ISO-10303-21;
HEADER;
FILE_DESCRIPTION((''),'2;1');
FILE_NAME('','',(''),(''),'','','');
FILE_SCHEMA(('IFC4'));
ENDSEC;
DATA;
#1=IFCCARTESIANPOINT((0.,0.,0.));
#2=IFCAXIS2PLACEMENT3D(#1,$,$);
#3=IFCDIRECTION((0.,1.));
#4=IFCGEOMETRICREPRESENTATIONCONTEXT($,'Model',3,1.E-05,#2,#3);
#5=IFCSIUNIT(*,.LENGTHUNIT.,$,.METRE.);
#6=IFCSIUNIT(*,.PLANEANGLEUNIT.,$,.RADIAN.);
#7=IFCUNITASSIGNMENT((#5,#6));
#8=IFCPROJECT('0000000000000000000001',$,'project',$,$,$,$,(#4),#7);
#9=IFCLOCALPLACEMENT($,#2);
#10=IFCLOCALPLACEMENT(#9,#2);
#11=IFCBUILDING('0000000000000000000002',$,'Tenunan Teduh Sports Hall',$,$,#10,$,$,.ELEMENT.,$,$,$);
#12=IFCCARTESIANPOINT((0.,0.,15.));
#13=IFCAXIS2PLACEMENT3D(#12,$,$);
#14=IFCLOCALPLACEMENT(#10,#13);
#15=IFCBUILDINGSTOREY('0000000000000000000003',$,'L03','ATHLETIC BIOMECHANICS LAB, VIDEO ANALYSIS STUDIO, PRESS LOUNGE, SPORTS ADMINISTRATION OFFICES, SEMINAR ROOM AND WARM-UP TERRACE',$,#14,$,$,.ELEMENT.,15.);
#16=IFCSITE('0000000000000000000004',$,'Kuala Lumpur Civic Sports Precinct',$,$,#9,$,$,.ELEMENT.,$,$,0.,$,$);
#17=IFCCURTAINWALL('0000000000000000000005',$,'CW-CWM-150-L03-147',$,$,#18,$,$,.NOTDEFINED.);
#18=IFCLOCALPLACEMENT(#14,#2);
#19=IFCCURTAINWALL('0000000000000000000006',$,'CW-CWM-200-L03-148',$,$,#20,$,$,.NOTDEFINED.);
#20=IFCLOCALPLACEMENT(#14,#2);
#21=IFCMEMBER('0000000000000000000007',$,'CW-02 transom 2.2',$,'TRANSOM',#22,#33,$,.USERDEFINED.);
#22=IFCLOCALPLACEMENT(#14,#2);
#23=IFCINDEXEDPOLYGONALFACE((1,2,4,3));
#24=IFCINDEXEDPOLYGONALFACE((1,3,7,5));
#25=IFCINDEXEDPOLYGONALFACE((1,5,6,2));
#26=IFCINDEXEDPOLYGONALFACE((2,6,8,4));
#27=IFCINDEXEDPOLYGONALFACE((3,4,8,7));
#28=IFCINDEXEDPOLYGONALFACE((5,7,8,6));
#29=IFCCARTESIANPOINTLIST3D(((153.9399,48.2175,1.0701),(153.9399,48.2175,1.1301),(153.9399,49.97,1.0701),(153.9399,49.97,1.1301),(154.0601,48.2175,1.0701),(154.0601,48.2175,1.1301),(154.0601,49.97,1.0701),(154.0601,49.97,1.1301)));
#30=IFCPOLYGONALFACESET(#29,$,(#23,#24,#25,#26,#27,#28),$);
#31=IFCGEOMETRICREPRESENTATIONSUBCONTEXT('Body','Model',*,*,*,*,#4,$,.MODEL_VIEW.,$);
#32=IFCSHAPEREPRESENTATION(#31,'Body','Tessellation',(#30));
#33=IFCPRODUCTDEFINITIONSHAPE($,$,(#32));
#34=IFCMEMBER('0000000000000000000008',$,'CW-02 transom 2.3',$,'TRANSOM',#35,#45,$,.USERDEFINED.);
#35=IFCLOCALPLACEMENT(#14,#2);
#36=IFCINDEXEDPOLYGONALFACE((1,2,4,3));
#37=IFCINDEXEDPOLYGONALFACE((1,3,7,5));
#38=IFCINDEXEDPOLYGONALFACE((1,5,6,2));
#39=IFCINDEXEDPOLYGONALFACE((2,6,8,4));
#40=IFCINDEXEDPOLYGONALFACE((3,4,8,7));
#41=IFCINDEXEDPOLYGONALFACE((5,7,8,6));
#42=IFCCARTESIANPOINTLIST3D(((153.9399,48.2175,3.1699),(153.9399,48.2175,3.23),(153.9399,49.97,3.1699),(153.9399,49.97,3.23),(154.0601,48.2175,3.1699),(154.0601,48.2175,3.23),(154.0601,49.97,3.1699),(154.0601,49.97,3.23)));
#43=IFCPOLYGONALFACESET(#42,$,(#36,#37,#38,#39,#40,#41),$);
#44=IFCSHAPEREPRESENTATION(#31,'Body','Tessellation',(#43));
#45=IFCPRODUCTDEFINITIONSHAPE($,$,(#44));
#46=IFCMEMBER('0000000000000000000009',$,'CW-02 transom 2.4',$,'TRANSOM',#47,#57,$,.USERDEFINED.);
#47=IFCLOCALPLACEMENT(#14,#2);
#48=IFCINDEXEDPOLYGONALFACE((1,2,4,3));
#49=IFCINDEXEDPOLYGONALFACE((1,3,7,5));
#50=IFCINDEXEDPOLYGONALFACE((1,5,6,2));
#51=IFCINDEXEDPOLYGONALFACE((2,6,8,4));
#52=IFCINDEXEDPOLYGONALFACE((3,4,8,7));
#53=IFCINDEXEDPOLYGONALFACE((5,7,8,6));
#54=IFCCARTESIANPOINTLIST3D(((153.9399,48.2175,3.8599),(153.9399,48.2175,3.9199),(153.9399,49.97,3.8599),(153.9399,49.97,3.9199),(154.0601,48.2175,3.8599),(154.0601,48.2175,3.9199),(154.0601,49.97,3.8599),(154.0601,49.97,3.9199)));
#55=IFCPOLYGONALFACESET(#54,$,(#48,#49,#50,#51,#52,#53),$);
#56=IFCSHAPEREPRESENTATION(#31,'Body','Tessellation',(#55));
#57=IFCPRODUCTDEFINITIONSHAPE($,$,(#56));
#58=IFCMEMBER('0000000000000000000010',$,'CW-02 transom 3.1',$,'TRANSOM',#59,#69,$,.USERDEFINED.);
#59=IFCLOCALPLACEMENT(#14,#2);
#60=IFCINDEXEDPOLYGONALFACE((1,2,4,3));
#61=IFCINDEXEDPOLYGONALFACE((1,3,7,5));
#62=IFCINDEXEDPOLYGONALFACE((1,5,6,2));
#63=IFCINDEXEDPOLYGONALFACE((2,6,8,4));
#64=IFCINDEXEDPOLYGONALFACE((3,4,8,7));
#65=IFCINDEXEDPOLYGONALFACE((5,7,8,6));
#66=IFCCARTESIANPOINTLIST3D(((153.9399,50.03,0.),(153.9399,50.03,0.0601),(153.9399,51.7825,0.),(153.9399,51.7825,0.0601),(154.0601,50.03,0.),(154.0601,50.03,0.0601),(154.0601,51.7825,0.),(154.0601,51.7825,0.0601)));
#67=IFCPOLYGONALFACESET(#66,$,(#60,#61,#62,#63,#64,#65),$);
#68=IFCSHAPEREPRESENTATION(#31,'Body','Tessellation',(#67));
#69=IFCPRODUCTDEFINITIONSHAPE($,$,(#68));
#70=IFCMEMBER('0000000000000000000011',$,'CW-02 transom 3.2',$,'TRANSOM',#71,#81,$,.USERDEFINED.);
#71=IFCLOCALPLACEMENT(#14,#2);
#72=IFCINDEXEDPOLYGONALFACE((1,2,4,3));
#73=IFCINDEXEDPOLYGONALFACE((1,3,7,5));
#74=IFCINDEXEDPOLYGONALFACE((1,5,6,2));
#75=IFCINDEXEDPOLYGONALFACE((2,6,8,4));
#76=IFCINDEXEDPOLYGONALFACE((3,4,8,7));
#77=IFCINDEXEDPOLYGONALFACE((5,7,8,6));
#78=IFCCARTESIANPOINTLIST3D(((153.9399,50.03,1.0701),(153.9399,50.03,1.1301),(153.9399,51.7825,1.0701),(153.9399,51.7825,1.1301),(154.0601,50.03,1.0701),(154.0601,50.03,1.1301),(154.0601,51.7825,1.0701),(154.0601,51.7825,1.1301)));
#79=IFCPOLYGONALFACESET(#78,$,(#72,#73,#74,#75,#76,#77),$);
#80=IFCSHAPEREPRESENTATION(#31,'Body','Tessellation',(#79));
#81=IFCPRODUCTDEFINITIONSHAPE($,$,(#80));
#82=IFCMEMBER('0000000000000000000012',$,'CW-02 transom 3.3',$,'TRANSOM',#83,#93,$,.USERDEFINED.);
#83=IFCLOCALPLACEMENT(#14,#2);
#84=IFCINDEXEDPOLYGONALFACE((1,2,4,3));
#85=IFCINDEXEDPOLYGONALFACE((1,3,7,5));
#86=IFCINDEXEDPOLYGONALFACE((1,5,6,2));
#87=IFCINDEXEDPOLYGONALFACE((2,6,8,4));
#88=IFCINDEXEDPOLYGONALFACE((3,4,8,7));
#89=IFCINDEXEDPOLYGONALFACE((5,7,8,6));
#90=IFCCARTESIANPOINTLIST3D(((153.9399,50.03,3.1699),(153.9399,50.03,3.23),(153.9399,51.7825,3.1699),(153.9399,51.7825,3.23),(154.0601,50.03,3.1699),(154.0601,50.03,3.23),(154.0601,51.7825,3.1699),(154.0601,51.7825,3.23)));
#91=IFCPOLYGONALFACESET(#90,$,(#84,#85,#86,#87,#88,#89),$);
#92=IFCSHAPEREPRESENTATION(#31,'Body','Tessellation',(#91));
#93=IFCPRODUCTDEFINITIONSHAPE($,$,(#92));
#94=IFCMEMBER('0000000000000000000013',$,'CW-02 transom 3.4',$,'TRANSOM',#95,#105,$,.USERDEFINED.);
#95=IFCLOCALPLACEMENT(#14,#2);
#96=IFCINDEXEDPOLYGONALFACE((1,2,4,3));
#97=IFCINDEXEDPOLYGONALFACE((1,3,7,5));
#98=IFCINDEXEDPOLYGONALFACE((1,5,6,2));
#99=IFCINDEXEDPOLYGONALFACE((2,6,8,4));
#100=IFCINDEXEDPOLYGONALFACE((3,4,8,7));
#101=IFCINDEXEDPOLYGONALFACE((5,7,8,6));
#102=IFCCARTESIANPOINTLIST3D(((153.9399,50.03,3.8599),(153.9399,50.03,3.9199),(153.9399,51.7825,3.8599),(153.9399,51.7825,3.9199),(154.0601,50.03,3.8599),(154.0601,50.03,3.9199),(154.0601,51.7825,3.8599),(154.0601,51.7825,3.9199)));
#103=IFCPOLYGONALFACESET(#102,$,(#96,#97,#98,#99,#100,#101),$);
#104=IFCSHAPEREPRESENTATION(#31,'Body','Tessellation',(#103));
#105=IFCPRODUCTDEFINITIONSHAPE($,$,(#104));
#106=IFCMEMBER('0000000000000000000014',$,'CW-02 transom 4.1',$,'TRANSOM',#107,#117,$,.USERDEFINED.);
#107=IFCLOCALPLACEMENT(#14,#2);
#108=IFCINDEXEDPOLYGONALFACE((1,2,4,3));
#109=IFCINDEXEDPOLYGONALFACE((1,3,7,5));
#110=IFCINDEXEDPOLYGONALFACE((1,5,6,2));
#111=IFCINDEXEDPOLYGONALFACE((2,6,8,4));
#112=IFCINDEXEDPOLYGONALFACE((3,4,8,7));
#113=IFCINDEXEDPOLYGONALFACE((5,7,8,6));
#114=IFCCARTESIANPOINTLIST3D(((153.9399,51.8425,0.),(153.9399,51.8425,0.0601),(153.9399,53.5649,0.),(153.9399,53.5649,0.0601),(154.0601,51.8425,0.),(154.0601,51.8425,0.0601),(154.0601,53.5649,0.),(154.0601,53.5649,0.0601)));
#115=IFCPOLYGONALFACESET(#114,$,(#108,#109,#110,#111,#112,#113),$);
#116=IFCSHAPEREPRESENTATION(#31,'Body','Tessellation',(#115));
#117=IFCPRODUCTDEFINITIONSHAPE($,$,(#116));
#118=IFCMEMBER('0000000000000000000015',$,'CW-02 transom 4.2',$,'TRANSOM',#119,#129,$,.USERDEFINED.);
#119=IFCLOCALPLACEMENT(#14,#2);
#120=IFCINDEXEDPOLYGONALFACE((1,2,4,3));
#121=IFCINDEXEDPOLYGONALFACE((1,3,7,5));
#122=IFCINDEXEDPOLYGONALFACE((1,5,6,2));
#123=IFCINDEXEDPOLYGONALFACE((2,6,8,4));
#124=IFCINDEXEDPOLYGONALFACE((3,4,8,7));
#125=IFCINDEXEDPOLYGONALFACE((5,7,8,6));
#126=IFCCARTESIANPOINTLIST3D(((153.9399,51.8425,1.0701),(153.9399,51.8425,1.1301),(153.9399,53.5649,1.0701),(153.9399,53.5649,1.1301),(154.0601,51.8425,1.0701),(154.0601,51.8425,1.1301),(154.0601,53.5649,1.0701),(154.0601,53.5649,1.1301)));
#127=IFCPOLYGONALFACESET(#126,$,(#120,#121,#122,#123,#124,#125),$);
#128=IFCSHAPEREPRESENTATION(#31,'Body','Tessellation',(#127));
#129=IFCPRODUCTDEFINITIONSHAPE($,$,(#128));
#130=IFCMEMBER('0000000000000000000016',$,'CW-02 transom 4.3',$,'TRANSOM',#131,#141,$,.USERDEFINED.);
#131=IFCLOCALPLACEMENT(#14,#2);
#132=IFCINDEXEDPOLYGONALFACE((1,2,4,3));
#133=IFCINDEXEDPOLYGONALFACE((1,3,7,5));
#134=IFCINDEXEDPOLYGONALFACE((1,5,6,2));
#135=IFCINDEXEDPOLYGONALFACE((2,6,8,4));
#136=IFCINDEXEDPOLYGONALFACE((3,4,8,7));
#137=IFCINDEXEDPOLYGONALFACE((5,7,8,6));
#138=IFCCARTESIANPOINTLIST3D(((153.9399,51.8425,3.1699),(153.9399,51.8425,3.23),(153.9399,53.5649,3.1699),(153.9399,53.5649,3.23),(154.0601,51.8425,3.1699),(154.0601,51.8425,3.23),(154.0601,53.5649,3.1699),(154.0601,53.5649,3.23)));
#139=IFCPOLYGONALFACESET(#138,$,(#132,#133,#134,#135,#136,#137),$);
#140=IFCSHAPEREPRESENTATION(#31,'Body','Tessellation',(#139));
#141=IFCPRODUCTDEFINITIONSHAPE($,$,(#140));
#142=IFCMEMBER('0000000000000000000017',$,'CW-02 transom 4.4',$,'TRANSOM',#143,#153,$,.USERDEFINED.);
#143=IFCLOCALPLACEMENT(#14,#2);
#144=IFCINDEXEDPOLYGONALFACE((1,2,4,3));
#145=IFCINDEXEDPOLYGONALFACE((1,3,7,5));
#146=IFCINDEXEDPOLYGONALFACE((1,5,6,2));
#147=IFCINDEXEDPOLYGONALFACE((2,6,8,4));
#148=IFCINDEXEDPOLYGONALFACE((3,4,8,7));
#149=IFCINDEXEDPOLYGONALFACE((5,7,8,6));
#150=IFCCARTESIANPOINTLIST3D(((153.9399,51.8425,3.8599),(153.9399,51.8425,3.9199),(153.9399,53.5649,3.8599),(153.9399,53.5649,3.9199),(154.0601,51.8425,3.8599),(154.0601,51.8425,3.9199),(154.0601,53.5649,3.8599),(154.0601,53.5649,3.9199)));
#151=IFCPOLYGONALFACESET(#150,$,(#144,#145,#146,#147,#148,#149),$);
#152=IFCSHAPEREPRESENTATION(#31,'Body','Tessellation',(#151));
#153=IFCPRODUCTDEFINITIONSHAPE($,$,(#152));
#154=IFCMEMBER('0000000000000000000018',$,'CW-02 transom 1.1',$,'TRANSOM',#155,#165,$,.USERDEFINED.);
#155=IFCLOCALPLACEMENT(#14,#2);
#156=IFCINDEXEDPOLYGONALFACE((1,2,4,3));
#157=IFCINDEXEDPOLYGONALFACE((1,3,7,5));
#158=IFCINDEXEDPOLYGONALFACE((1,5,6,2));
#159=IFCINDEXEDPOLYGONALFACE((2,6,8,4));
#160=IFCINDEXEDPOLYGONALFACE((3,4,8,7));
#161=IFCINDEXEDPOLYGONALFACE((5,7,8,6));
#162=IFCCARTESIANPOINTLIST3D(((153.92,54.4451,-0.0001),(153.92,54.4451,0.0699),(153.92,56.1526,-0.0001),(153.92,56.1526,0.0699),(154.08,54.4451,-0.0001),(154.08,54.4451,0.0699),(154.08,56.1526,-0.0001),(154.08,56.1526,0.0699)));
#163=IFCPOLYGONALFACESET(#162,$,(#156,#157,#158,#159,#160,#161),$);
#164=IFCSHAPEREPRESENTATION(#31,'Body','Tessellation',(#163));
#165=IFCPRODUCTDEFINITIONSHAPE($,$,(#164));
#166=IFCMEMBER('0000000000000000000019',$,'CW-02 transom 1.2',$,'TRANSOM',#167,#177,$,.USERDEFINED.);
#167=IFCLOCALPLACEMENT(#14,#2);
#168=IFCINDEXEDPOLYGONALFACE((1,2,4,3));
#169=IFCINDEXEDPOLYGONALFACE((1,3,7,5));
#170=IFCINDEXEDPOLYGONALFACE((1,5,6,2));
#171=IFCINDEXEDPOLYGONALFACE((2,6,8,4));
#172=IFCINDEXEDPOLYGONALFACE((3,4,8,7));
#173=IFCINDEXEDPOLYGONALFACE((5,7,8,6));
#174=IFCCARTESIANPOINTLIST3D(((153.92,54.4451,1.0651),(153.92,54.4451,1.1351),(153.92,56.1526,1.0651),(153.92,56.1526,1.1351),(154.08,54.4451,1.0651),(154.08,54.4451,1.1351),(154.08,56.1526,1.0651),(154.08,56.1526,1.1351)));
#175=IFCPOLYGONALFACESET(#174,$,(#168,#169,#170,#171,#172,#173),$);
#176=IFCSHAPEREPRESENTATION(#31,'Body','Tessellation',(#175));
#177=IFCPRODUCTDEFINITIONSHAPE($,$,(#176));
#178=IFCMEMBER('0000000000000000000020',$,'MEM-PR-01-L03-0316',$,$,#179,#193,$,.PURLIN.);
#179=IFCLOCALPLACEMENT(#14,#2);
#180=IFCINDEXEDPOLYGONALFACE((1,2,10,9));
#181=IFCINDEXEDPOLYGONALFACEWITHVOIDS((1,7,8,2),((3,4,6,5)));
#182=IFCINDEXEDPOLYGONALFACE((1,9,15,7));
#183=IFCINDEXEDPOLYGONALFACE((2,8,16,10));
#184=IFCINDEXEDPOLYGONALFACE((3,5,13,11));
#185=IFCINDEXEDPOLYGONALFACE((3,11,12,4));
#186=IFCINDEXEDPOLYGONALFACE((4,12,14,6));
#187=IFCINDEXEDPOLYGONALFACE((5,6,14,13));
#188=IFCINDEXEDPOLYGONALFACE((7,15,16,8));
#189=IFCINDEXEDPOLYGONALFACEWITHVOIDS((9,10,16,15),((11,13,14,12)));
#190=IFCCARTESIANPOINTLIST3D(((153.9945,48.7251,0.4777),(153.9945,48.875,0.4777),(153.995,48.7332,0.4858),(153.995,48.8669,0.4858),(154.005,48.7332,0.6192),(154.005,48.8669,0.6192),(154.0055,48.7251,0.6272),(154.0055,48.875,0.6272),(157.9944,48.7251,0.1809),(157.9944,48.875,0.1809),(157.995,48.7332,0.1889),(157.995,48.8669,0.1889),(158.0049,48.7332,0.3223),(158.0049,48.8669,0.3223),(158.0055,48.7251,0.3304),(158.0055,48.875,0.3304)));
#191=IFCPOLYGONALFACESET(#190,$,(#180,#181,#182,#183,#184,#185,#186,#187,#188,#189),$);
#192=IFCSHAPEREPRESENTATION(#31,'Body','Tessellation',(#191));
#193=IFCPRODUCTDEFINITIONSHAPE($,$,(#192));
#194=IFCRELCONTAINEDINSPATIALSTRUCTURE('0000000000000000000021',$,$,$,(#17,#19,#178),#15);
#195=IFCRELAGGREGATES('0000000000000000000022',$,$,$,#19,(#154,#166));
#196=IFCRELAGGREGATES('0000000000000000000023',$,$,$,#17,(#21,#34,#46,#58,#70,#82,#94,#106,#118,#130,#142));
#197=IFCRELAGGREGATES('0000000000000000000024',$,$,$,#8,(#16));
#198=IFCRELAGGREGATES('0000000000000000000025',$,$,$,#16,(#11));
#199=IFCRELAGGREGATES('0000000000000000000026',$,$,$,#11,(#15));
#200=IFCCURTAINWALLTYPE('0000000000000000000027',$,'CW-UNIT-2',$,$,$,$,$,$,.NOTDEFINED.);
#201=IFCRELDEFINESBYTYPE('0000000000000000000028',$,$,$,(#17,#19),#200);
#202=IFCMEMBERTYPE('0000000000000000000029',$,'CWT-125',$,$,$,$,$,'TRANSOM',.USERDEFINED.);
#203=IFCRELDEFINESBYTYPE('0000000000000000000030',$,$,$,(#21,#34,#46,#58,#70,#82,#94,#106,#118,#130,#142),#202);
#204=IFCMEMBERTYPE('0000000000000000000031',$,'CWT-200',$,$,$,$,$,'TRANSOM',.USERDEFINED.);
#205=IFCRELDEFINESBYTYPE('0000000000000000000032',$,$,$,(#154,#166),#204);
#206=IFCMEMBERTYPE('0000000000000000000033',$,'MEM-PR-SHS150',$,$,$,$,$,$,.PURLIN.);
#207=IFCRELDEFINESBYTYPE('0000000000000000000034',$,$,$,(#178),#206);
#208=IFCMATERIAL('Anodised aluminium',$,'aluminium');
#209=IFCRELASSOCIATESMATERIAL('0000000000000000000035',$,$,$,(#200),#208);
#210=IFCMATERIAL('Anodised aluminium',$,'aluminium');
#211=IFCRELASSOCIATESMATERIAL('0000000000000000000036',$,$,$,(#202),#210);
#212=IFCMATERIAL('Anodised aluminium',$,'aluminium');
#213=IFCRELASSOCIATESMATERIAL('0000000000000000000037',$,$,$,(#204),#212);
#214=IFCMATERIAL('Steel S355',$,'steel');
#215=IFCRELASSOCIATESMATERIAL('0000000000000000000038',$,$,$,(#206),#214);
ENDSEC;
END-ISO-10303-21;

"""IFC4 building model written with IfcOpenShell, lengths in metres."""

from ifc_helpers import new_model, si_unit, direction, frame, origin, origin_2d, place, context, subcontext, project, spatial, rectangle, hollow_rectangle, extrude, material, material_profile, profile_set, type_object, element, aggregate, save


model = new_model("IFC4")

# Units and contexts
model_context = context("Model", 3, precision=1e-05, world=origin(), true_north=direction((0.0, 1.0)))
body_context = subcontext(model_context, "Body", "Model", "MODEL_VIEW")
ifc_project = project(units=[si_unit("LENGTHUNIT", "METRE"), si_unit("PLANEANGLEUNIT", "RADIAN")], contexts=[model_context])

# Site, building, storey
site_placement = place(None, origin())
site = spatial("IfcSite", under=ifc_project, at=site_placement, Name="Kuala Lumpur Civic Sports Precinct", CompositionType="ELEMENT", RefElevation=0.0)
building_placement = place(site_placement, origin())
building = spatial("IfcBuilding", under=site, at=building_placement, Name="Tenunan Teduh Sports Hall", CompositionType="ELEMENT")
storey_placement = place(building_placement, frame((0.0, 0.0, 15.0)))
storey = spatial("IfcBuildingStorey", under=building, at=storey_placement, Name="L03", Description="ATHLETIC BIOMECHANICS LAB, VIDEO ANALYSIS STUDIO, PRESS LOUNGE, SPORTS ADMINISTRATION OFFICES, SEMINAR ROOM AND WARM-UP TERRACE", CompositionType="ELEMENT", Elevation=15.0)

# Curtain wall
ifc_material_1 = material(Name="Anodised aluminium", Category="aluminium")
curtain_wall_type = type_object("IfcCurtainWallType", Name="CW-UNIT-2", PredefinedType="NOTDEFINED", material=ifc_material_1)
curtain_wall_1_placement = place(storey_placement, origin())
curtain_wall_1 = element("IfcCurtainWall", 1, at=curtain_wall_1_placement, inside=storey, type_object=curtain_wall_type, Name="CW-CWM-150-L03-147", PredefinedType="NOTDEFINED")

# Curtain wall
curtain_wall_2_placement = place(storey_placement, origin())
curtain_wall_2 = element("IfcCurtainWall", 2, at=curtain_wall_2_placement, inside=storey, type_object=curtain_wall_type, Name="CW-CWM-200-L03-148", PredefinedType="NOTDEFINED")

# Members
ifc_material_2 = material(Name="Anodised aluminium", Category="aluminium")
ifc_material_profile_1 = material_profile(ifc_material_2, rectangle(XDim=0.0601, YDim=0.1201, at=origin_2d()), Name="CWT 60x120")
ifc_profile_set_1 = profile_set([ifc_material_profile_1], Name="Anodised aluminium")
member_type_1 = type_object("IfcMemberType", Name="CWT-125", ElementType="TRANSOM", PredefinedType="USERDEFINED", material=ifc_profile_set_1)
member_1_placement = place(storey_placement, frame((154.0, 48.2175, 1.1001), z_axis=(0.0, 1.0, 0.0), x_axis=(0.0, 0.0, 1.0)))
member_1 = element("IfcMember", 3, at=member_1_placement, type_object=member_type_1, Name="CW-02 transom 2.2", ObjectType="TRANSOM", PredefinedType="USERDEFINED", context=body_context, shape_type="SweptSolid", body=[
    extrude(rectangle(XDim=0.0601, YDim=0.1201, at=origin_2d()), origin(), (0.0, 0.0, 1.0), 1.7524),
])
member_2_placement = place(storey_placement, frame((154.0, 48.2175, 3.2), z_axis=(0.0, 1.0, 0.0), x_axis=(0.0, 0.0, 1.0)))
member_2 = element("IfcMember", 4, at=member_2_placement, type_object=member_type_1, Name="CW-02 transom 2.3", ObjectType="TRANSOM", PredefinedType="USERDEFINED", context=body_context, shape_type="SweptSolid", body=[
    extrude(rectangle(XDim=0.0601, YDim=0.1201, at=origin_2d()), origin(), (0.0, 0.0, 1.0), 1.7524),
])
member_3_placement = place(storey_placement, frame((154.0, 48.2175, 3.8899), z_axis=(0.0, 1.0, 0.0), x_axis=(0.0, 0.0, 1.0)))
member_3 = element("IfcMember", 5, at=member_3_placement, type_object=member_type_1, Name="CW-02 transom 2.4", ObjectType="TRANSOM", PredefinedType="USERDEFINED", context=body_context, shape_type="SweptSolid", body=[
    extrude(rectangle(XDim=0.0601, YDim=0.1201, at=origin_2d()), origin(), (0.0, 0.0, 1.0), 1.7524),
])
member_4_placement = place(storey_placement, frame((154.0, 50.03, 0.03), z_axis=(0.0, 1.0, 0.0), x_axis=(0.0, 0.0, 1.0)))
member_4 = element("IfcMember", 6, at=member_4_placement, type_object=member_type_1, Name="CW-02 transom 3.1", ObjectType="TRANSOM", PredefinedType="USERDEFINED", context=body_context, shape_type="SweptSolid", body=[
    extrude(rectangle(XDim=0.0601, YDim=0.1201, at=origin_2d()), origin(), (0.0, 0.0, 1.0), 1.7524),
])
member_5_placement = place(storey_placement, frame((154.0, 50.03, 1.1001), z_axis=(0.0, 1.0, 0.0), x_axis=(0.0, 0.0, 1.0)))
member_5 = element("IfcMember", 7, at=member_5_placement, type_object=member_type_1, Name="CW-02 transom 3.2", ObjectType="TRANSOM", PredefinedType="USERDEFINED", context=body_context, shape_type="SweptSolid", body=[
    extrude(rectangle(XDim=0.0601, YDim=0.1201, at=origin_2d()), origin(), (0.0, 0.0, 1.0), 1.7524),
])
member_6_placement = place(storey_placement, frame((154.0, 50.03, 3.2), z_axis=(0.0, 1.0, 0.0), x_axis=(0.0, 0.0, 1.0)))
member_6 = element("IfcMember", 8, at=member_6_placement, type_object=member_type_1, Name="CW-02 transom 3.3", ObjectType="TRANSOM", PredefinedType="USERDEFINED", context=body_context, shape_type="SweptSolid", body=[
    extrude(rectangle(XDim=0.0601, YDim=0.1201, at=origin_2d()), origin(), (0.0, 0.0, 1.0), 1.7524),
])
member_7_placement = place(storey_placement, frame((154.0, 50.03, 3.8899), z_axis=(0.0, 1.0, 0.0), x_axis=(0.0, 0.0, 1.0)))
member_7 = element("IfcMember", 9, at=member_7_placement, type_object=member_type_1, Name="CW-02 transom 3.4", ObjectType="TRANSOM", PredefinedType="USERDEFINED", context=body_context, shape_type="SweptSolid", body=[
    extrude(rectangle(XDim=0.0601, YDim=0.1201, at=origin_2d()), origin(), (0.0, 0.0, 1.0), 1.7524),
])
member_8_placement = place(storey_placement, frame((154.0, 51.8425, 0.03), z_axis=(0.0, 1.0, 0.0), x_axis=(0.0, 0.0, 1.0)))
member_8 = element("IfcMember", 10, at=member_8_placement, type_object=member_type_1, Name="CW-02 transom 4.1", ObjectType="TRANSOM", PredefinedType="USERDEFINED", context=body_context, shape_type="SweptSolid", body=[
    extrude(rectangle(XDim=0.0601, YDim=0.1201, at=origin_2d()), origin(), (0.0, 0.0, 1.0), 1.7224),
])
member_9_placement = place(storey_placement, frame((154.0, 51.8425, 1.1001), z_axis=(0.0, 1.0, 0.0), x_axis=(0.0, 0.0, 1.0)))
member_9 = element("IfcMember", 11, at=member_9_placement, type_object=member_type_1, Name="CW-02 transom 4.2", ObjectType="TRANSOM", PredefinedType="USERDEFINED", context=body_context, shape_type="SweptSolid", body=[
    extrude(rectangle(XDim=0.0601, YDim=0.1201, at=origin_2d()), origin(), (0.0, 0.0, 1.0), 1.7224),
])
member_10_placement = place(storey_placement, frame((154.0, 51.8425, 3.2), z_axis=(0.0, 1.0, 0.0), x_axis=(0.0, 0.0, 1.0)))
member_10 = element("IfcMember", 12, at=member_10_placement, type_object=member_type_1, Name="CW-02 transom 4.3", ObjectType="TRANSOM", PredefinedType="USERDEFINED", context=body_context, shape_type="SweptSolid", body=[
    extrude(rectangle(XDim=0.0601, YDim=0.1201, at=origin_2d()), origin(), (0.0, 0.0, 1.0), 1.7224),
])
member_11_placement = place(storey_placement, frame((154.0, 51.8425, 3.8899), z_axis=(0.0, 1.0, 0.0), x_axis=(0.0, 0.0, 1.0)))
member_11 = element("IfcMember", 13, at=member_11_placement, type_object=member_type_1, Name="CW-02 transom 4.4", ObjectType="TRANSOM", PredefinedType="USERDEFINED", context=body_context, shape_type="SweptSolid", body=[
    extrude(rectangle(XDim=0.0601, YDim=0.1201, at=origin_2d()), origin(), (0.0, 0.0, 1.0), 1.7224),
])
ifc_material_3 = material(Name="Anodised aluminium", Category="aluminium")
ifc_material_profile_2 = material_profile(ifc_material_3, rectangle(XDim=0.0701, YDim=0.1599, at=origin_2d()), Name="CWT 70x160")
ifc_profile_set_2 = profile_set([ifc_material_profile_2], Name="Anodised aluminium")
member_type_2 = type_object("IfcMemberType", Name="CWT-200", ElementType="TRANSOM", PredefinedType="USERDEFINED", material=ifc_profile_set_2)
member_12_placement = place(storey_placement, frame((154.0, 54.4451, 0.0349), z_axis=(0.0, 1.0, 0.0), x_axis=(0.0, 0.0, 1.0)))
member_12 = element("IfcMember", 14, at=member_12_placement, type_object=member_type_2, Name="CW-02 transom 1.1", ObjectType="TRANSOM", PredefinedType="USERDEFINED", context=body_context, shape_type="SweptSolid", body=[
    extrude(rectangle(XDim=0.0701, YDim=0.1599, at=origin_2d()), origin(), (0.0, 0.0, 1.0), 1.7075),
])
member_13_placement = place(storey_placement, frame((154.0, 54.4451, 1.1001), z_axis=(0.0, 1.0, 0.0), x_axis=(0.0, 0.0, 1.0)))
member_13 = element("IfcMember", 15, at=member_13_placement, type_object=member_type_2, Name="CW-02 transom 1.2", ObjectType="TRANSOM", PredefinedType="USERDEFINED", context=body_context, shape_type="SweptSolid", body=[
    extrude(rectangle(XDim=0.0701, YDim=0.1599, at=origin_2d()), origin(), (0.0, 0.0, 1.0), 1.7075),
])
aggregate(curtain_wall_2, [member_12, member_13])
ifc_material_4 = material(Name="Steel S355", Category="steel")
ifc_material_profile_3 = material_profile(ifc_material_4, hollow_rectangle(XDim=0.1499, YDim=0.1499, WallThickness=0.0081, at=origin_2d()), Name="SHS 150x150x8.0")
ifc_profile_set_3 = profile_set([ifc_material_profile_3], Name="Steel S355")
member_type_3 = type_object("IfcMemberType", Name="MEM-PR-SHS150", PredefinedType="PURLIN", material=ifc_profile_set_3)
member_14_placement = place(storey_placement, frame((154.0, 48.8, 0.5525), z_axis=(0.997257, 0.0, -0.074015), x_axis=(0.0, 1.0, 0.0)))
element("IfcMember", 16, at=member_14_placement, inside=storey, type_object=member_type_3, Name="MEM-PR-01-L03-0316", PredefinedType="PURLIN", context=body_context, shape_type="SweptSolid", body=[
    extrude(hollow_rectangle(XDim=0.1499, YDim=0.1499, WallThickness=0.0081, at=origin_2d()), origin(), (0.0, 0.0, 1.0), 4.011),
])

aggregate(curtain_wall_1, [member_1, member_2, member_3, member_4, member_5, member_6, member_7, member_8, member_9, member_10, member_11])

save(model, "model.ifc")
